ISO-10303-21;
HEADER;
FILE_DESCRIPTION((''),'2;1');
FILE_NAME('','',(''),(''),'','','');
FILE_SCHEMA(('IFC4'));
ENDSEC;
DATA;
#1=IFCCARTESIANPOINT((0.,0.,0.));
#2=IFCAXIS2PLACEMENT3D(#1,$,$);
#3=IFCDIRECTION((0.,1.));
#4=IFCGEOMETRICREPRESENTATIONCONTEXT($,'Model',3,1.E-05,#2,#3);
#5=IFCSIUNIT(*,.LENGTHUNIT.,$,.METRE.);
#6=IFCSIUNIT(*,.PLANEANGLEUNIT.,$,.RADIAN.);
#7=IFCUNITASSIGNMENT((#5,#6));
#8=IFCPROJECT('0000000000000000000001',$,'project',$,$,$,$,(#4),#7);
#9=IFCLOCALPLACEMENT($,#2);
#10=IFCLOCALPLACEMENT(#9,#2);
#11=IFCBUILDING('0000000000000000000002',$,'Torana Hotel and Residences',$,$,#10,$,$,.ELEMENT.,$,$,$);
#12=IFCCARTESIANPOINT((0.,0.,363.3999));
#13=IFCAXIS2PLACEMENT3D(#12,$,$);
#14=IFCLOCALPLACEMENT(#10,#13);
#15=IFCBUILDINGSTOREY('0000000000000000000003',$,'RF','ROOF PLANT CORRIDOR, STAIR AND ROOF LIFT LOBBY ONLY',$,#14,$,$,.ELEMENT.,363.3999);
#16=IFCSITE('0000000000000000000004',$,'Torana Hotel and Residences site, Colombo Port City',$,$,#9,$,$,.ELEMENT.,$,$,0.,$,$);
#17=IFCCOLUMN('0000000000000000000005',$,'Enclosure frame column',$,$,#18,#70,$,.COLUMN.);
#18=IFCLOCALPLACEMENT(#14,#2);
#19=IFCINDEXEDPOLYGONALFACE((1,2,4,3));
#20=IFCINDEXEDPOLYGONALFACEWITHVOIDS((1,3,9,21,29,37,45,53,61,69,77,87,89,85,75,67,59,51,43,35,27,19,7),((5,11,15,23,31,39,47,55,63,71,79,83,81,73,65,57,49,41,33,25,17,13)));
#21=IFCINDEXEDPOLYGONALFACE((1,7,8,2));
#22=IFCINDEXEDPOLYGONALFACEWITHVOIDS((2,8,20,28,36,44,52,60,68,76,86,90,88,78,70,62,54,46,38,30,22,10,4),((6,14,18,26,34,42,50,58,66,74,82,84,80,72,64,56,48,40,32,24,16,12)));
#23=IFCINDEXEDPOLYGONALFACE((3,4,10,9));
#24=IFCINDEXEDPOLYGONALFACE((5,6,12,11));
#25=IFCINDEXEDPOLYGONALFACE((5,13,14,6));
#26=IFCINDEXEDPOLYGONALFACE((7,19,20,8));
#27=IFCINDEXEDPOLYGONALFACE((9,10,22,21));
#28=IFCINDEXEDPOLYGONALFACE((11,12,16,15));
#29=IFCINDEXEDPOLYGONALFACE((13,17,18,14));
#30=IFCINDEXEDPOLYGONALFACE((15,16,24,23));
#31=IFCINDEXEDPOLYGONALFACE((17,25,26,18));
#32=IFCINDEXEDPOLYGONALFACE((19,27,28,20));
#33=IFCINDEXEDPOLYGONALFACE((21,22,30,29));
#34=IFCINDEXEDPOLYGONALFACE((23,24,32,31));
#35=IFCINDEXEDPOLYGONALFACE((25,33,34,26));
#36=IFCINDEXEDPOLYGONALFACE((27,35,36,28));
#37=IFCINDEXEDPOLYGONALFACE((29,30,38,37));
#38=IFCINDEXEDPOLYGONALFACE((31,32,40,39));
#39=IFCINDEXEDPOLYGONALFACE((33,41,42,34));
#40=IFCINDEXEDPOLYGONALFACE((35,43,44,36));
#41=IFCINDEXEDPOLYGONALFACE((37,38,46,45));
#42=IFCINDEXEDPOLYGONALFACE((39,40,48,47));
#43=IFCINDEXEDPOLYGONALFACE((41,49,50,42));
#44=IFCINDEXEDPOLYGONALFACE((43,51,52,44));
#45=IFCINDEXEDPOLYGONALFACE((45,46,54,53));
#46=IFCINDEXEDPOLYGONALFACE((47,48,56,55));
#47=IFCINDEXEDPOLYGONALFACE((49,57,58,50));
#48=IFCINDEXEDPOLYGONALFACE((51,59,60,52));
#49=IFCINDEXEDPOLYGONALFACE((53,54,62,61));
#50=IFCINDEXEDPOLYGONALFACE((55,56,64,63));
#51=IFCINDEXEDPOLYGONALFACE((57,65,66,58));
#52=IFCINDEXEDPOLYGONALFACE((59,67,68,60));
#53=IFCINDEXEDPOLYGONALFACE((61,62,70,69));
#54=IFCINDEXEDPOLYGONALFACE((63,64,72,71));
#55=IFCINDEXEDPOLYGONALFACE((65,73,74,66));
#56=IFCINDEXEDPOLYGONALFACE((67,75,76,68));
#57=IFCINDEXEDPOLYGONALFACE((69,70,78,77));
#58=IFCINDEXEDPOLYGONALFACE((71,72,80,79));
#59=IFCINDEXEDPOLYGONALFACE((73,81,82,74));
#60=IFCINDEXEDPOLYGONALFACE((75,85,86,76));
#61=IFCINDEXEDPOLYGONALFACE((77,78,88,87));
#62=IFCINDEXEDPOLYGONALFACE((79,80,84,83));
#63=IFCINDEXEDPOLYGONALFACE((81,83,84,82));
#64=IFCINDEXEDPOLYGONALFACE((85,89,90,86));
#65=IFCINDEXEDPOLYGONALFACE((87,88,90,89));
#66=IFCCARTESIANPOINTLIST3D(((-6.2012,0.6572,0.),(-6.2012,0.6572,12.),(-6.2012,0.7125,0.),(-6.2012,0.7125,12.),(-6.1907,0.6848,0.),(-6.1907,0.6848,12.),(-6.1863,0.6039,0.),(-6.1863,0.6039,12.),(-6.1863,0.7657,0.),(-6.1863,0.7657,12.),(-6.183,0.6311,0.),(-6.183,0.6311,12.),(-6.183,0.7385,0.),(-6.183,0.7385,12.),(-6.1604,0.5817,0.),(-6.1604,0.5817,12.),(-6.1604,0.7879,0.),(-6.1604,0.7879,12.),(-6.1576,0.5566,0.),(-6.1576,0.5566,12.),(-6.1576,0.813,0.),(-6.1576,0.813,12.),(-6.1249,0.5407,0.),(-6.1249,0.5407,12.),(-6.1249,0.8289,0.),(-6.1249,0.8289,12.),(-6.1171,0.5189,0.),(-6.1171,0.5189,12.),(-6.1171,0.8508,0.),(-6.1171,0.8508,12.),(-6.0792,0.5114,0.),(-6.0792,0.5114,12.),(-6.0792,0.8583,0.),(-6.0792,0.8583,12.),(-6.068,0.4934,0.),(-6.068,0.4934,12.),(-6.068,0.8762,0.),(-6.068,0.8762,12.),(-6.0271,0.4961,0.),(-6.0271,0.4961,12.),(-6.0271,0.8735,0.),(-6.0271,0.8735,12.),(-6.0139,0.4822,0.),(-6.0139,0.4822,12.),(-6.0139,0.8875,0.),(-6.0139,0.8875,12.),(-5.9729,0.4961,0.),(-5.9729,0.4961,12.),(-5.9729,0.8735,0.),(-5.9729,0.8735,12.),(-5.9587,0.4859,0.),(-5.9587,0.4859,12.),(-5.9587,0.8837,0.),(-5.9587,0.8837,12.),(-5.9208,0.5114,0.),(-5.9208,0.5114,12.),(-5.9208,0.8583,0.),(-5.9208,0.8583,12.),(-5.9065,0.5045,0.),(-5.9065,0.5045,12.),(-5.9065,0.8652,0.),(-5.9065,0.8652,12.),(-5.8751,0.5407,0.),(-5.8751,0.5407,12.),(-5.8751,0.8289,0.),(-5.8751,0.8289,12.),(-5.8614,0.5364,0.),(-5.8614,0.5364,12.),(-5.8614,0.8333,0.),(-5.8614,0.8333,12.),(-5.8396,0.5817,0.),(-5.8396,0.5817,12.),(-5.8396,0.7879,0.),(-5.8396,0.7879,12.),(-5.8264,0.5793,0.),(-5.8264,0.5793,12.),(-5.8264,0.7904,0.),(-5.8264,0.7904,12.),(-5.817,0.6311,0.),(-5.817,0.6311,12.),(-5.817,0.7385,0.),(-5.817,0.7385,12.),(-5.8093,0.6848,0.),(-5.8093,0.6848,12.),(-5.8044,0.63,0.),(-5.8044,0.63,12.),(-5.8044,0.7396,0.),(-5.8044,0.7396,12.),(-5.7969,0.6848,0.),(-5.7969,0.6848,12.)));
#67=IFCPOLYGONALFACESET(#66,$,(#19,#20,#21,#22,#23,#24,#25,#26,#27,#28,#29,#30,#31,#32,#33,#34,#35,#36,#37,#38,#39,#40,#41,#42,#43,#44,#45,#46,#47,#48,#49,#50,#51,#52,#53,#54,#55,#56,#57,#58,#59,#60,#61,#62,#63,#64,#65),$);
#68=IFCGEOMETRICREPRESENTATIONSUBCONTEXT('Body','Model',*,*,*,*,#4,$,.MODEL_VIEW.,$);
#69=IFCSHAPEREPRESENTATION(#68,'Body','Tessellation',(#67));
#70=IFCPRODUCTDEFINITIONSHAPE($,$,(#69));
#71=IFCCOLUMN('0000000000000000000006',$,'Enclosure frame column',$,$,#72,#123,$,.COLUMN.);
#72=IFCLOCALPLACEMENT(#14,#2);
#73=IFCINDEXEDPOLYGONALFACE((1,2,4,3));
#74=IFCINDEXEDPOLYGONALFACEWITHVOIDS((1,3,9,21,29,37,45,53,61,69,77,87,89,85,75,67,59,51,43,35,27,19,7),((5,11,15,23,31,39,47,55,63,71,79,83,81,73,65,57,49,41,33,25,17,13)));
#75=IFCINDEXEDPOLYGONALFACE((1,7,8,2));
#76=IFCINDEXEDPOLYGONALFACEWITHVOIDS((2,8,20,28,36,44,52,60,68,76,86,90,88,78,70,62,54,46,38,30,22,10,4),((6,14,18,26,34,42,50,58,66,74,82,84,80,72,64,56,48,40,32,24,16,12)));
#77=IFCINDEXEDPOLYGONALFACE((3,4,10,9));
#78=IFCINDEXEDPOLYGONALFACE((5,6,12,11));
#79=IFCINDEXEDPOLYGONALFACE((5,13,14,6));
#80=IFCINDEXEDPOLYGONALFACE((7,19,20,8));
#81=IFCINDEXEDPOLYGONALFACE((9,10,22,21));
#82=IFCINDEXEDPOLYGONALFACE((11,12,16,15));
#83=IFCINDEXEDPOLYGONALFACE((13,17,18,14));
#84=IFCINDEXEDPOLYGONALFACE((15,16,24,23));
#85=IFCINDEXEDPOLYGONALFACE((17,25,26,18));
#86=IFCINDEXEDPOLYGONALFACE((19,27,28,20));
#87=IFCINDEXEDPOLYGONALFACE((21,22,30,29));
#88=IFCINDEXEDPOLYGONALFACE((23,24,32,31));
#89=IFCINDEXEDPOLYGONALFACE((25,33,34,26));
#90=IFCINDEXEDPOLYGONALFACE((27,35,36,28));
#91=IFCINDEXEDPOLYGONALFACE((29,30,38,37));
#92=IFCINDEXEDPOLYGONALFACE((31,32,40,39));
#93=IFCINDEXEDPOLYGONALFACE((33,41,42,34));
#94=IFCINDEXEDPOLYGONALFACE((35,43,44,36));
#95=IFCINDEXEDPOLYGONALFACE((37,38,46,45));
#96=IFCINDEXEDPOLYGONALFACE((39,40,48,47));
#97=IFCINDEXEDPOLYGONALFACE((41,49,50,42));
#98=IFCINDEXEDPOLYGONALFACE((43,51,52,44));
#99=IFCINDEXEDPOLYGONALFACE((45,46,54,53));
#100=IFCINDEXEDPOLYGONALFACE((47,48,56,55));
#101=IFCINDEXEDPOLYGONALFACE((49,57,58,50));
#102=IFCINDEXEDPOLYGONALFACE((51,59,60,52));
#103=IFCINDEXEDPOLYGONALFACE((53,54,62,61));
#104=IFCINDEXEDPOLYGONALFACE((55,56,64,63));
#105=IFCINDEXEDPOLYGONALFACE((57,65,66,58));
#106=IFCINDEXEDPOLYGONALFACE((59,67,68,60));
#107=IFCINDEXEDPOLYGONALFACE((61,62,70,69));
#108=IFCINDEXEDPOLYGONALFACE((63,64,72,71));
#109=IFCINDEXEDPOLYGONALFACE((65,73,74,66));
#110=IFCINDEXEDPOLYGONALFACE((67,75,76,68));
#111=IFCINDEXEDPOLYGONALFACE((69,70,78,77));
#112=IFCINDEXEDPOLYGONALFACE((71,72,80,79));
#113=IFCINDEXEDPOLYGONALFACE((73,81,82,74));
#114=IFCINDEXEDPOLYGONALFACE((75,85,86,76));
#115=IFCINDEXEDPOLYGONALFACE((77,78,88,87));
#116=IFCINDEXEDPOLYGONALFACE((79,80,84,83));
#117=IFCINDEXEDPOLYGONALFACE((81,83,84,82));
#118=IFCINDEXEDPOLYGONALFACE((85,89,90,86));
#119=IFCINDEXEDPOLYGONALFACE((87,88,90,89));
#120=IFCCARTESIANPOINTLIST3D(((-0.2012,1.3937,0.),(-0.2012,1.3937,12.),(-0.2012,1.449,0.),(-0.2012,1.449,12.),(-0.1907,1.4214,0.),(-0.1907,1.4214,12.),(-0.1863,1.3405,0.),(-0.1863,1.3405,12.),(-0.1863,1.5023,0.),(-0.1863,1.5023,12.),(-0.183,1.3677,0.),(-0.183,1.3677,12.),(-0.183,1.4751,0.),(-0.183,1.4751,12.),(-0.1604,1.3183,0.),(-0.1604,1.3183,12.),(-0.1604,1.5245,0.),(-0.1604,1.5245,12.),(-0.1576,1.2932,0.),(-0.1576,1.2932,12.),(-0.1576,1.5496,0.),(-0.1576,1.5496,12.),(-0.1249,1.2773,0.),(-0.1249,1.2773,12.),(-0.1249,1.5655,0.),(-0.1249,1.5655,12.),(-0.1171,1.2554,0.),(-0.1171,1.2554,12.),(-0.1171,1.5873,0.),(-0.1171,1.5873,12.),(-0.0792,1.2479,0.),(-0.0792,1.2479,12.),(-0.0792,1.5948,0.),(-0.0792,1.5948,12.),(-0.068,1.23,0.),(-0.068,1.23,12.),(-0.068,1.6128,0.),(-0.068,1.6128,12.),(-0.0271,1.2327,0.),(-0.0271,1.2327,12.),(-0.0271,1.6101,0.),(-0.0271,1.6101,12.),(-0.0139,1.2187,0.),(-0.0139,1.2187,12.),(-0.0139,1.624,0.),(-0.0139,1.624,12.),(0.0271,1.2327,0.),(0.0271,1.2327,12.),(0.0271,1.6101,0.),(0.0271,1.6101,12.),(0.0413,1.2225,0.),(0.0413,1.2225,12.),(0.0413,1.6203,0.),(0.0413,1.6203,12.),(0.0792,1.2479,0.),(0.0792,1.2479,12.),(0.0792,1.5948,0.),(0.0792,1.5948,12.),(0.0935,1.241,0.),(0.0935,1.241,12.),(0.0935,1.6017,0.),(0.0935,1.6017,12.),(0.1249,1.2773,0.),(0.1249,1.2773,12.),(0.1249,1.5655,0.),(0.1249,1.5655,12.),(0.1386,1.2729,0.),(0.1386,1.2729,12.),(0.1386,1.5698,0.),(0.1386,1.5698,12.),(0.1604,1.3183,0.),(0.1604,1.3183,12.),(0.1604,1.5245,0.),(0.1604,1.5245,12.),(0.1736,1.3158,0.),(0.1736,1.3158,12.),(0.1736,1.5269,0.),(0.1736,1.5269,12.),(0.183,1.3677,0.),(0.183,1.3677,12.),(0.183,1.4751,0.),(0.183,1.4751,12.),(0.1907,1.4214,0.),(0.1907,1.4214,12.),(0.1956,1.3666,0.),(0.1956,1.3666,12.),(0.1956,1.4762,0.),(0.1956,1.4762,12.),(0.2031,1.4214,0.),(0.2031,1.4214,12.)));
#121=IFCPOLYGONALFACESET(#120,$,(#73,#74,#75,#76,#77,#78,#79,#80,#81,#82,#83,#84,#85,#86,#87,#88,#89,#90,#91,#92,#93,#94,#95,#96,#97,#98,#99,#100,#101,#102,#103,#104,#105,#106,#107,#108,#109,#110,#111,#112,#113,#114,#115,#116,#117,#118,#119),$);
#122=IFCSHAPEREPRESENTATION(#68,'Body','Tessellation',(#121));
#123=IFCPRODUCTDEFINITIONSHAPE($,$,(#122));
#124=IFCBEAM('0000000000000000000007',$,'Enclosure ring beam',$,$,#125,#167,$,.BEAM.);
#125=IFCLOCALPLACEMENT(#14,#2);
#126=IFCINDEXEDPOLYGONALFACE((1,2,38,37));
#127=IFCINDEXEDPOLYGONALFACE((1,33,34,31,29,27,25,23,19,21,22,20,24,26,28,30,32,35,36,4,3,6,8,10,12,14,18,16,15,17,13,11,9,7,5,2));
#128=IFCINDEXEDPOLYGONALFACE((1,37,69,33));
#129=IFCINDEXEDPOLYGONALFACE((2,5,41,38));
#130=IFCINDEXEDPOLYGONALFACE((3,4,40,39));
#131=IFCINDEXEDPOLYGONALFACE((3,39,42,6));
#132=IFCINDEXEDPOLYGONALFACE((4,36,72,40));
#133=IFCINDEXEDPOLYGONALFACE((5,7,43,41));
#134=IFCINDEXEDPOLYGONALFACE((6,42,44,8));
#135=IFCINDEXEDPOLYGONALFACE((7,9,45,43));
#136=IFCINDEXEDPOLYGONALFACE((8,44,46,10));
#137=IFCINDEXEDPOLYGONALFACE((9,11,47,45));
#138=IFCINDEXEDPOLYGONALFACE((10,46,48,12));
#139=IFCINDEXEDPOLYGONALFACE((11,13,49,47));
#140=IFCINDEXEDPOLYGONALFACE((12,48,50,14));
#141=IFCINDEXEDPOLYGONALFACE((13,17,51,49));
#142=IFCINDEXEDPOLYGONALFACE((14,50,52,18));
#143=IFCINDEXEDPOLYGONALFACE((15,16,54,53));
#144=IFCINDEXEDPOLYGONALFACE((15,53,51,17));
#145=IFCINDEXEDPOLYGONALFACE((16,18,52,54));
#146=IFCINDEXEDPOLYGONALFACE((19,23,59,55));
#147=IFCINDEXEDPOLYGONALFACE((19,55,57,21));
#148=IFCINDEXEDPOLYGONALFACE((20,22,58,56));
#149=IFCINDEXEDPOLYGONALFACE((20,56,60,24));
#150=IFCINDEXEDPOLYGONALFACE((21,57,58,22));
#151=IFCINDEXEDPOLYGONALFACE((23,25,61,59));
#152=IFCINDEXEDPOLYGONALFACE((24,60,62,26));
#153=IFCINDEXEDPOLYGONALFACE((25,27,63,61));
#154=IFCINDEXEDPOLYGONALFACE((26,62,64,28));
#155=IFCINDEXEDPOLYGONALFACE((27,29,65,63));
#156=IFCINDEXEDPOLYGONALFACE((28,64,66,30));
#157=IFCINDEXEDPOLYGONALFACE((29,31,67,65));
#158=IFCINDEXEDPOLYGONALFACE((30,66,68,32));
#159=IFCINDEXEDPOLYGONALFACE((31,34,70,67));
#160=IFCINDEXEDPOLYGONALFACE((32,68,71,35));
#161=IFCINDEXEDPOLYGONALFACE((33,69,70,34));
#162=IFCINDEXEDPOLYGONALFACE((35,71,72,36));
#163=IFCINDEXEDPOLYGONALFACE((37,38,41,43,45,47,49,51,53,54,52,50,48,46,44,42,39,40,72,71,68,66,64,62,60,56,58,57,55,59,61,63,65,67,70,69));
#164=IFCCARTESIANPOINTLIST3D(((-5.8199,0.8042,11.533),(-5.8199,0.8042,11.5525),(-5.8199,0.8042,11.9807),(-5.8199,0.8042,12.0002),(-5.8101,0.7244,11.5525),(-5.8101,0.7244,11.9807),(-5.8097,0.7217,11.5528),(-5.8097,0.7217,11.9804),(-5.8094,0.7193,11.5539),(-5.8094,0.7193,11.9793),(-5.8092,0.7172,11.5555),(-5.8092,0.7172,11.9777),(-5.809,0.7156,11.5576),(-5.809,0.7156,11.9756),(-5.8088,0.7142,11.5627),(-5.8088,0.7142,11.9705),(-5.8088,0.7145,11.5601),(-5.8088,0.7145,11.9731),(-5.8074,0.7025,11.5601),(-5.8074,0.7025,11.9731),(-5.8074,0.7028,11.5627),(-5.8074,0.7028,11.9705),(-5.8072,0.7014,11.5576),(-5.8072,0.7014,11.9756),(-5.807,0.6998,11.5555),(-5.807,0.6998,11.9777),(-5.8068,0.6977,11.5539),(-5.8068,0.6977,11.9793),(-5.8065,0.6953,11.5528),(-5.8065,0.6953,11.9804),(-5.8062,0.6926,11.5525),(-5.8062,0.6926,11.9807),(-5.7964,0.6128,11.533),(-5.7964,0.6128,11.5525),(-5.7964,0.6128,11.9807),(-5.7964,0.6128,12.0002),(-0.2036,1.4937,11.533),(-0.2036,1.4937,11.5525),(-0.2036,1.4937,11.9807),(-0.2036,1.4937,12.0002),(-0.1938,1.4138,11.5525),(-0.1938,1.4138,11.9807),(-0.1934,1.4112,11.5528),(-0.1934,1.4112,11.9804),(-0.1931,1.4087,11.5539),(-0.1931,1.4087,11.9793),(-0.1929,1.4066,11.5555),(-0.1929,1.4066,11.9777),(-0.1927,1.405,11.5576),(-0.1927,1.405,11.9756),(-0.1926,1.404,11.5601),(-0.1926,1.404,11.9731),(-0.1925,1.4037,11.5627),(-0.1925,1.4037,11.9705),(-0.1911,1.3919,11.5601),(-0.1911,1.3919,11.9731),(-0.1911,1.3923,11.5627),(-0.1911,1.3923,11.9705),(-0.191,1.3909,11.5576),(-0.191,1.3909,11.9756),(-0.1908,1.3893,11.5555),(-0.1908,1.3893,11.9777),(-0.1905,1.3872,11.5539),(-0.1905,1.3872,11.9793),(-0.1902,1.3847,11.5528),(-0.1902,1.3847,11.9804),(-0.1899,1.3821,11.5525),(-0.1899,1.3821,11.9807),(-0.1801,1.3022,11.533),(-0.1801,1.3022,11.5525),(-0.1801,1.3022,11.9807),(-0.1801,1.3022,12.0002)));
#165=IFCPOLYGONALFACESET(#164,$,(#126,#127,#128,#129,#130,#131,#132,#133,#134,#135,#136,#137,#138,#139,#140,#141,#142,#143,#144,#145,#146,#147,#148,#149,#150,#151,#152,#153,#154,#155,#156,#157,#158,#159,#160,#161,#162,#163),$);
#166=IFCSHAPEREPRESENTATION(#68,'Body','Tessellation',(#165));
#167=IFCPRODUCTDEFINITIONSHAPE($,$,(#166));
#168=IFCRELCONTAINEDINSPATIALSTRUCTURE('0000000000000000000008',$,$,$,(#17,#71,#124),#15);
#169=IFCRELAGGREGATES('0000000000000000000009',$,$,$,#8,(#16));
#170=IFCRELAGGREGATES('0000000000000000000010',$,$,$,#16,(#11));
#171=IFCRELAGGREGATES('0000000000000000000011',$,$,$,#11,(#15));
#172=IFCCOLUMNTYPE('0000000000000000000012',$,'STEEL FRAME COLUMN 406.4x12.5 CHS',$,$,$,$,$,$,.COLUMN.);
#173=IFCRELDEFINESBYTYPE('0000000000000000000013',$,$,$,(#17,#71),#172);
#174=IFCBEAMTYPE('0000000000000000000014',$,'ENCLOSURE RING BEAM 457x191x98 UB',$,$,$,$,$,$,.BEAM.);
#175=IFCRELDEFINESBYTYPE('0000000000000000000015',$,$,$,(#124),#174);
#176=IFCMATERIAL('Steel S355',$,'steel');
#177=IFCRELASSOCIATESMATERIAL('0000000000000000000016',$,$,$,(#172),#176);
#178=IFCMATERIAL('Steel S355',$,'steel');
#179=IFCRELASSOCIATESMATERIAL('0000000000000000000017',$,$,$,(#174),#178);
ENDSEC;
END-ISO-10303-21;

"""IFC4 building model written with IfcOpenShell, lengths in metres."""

from ifc_helpers import new_model, si_unit, direction, frame, origin, origin_2d, place, context, subcontext, project, spatial, hollow_circle, i_section, extrude, material, material_profile, profile_set, type_object, element, save


model = new_model("IFC4")

# Units and contexts
model_context = context("Model", 3, precision=1e-05, world=origin(), true_north=direction((0.0, 1.0)))
body_context = subcontext(model_context, "Body", "Model", "MODEL_VIEW")
ifc_project = project(units=[si_unit("LENGTHUNIT", "METRE"), si_unit("PLANEANGLEUNIT", "RADIAN")], contexts=[model_context])

# Site, building, storey
site_placement = place(None, origin())
site = spatial("IfcSite", under=ifc_project, at=site_placement, Name="Torana Hotel and Residences site, Colombo Port City", CompositionType="ELEMENT", RefElevation=0.0)
building_placement = place(site_placement, origin())
building = spatial("IfcBuilding", under=site, at=building_placement, Name="Torana Hotel and Residences", CompositionType="ELEMENT")
storey_placement = place(building_placement, frame((0.0, 0.0, 363.3999)))
storey = spatial("IfcBuildingStorey", under=building, at=storey_placement, Name="RF", Description="ROOF PLANT CORRIDOR, STAIR AND ROOF LIFT LOBBY ONLY", CompositionType="ELEMENT", Elevation=363.3999)

# Columns
ifc_material_1 = material(Name="Steel S355", Category="steel")
ifc_material_profile_1 = material_profile(ifc_material_1, hollow_circle(Radius=0.2031, WallThickness=0.0125, at=origin_2d()), Name="406.4x12.5 CHS")
ifc_profile_set_1 = profile_set([ifc_material_profile_1], Name="Steel S355")
column_type = type_object("IfcColumnType", Name="STEEL FRAME COLUMN 406.4x12.5 CHS", PredefinedType="COLUMN", material=ifc_profile_set_1)
for number, where, z_axis, x_axis, name in (
    (1, (-6.0, 0.6848, 0.0), (0.0, 0.0, 1.0), (1.0, 0.0, 0.0), "Enclosure frame column"),
    (2, (0.0, 1.4214, 0.0), (0.0, 0.0, 1.0), (1.0, 0.0, 0.0), "Enclosure frame column"),
):
    element("IfcColumn", number, at=place(storey_placement, frame(where, z_axis=z_axis, x_axis=x_axis)), inside=storey, type_object=column_type, Name=name, PredefinedType="COLUMN", context=body_context, shape_type="SweptSolid", body=[
        extrude(hollow_circle(Radius=0.2031, WallThickness=0.0125, at=origin_2d()), origin(), (0.0, 0.0, 1.0), 12.0),
    ])

# Beam
ifc_material_2 = material(Name="Steel S355", Category="steel")
ifc_material_profile_2 = material_profile(ifc_material_2, i_section(OverallWidth=0.1929, OverallDepth=0.4673, WebThickness=0.0115, FlangeThickness=0.0195, FilletRadius=0.0103, at=origin_2d()), Name="457x191x98 UB")
ifc_profile_set_2 = profile_set([ifc_material_profile_2], Name="Steel S355")
beam_type_1 = type_object("IfcBeamType", Name="ENCLOSURE RING BEAM 457x191x98 UB", PredefinedType="BEAM", material=ifc_profile_set_2)
beam_1_placement = place(storey_placement, frame((-5.8081, 0.7085, 11.7666), z_axis=(0.992549, 0.121847, 0.0), x_axis=(-0.121847, 0.992549, 0.0)))
element("IfcBeam", 3, at=beam_1_placement, inside=storey, type_object=beam_type_1, Name="Enclosure ring beam", PredefinedType="BEAM", context=body_context, shape_type="SweptSolid", body=[
    extrude(i_section(OverallWidth=0.1929, OverallDepth=0.4673, WebThickness=0.0115, FlangeThickness=0.0195, FilletRadius=0.0103, at=origin_2d()), origin(), (0.0, 0.0, 1.0), 5.6584),
])

save(model, "model.ifc")
